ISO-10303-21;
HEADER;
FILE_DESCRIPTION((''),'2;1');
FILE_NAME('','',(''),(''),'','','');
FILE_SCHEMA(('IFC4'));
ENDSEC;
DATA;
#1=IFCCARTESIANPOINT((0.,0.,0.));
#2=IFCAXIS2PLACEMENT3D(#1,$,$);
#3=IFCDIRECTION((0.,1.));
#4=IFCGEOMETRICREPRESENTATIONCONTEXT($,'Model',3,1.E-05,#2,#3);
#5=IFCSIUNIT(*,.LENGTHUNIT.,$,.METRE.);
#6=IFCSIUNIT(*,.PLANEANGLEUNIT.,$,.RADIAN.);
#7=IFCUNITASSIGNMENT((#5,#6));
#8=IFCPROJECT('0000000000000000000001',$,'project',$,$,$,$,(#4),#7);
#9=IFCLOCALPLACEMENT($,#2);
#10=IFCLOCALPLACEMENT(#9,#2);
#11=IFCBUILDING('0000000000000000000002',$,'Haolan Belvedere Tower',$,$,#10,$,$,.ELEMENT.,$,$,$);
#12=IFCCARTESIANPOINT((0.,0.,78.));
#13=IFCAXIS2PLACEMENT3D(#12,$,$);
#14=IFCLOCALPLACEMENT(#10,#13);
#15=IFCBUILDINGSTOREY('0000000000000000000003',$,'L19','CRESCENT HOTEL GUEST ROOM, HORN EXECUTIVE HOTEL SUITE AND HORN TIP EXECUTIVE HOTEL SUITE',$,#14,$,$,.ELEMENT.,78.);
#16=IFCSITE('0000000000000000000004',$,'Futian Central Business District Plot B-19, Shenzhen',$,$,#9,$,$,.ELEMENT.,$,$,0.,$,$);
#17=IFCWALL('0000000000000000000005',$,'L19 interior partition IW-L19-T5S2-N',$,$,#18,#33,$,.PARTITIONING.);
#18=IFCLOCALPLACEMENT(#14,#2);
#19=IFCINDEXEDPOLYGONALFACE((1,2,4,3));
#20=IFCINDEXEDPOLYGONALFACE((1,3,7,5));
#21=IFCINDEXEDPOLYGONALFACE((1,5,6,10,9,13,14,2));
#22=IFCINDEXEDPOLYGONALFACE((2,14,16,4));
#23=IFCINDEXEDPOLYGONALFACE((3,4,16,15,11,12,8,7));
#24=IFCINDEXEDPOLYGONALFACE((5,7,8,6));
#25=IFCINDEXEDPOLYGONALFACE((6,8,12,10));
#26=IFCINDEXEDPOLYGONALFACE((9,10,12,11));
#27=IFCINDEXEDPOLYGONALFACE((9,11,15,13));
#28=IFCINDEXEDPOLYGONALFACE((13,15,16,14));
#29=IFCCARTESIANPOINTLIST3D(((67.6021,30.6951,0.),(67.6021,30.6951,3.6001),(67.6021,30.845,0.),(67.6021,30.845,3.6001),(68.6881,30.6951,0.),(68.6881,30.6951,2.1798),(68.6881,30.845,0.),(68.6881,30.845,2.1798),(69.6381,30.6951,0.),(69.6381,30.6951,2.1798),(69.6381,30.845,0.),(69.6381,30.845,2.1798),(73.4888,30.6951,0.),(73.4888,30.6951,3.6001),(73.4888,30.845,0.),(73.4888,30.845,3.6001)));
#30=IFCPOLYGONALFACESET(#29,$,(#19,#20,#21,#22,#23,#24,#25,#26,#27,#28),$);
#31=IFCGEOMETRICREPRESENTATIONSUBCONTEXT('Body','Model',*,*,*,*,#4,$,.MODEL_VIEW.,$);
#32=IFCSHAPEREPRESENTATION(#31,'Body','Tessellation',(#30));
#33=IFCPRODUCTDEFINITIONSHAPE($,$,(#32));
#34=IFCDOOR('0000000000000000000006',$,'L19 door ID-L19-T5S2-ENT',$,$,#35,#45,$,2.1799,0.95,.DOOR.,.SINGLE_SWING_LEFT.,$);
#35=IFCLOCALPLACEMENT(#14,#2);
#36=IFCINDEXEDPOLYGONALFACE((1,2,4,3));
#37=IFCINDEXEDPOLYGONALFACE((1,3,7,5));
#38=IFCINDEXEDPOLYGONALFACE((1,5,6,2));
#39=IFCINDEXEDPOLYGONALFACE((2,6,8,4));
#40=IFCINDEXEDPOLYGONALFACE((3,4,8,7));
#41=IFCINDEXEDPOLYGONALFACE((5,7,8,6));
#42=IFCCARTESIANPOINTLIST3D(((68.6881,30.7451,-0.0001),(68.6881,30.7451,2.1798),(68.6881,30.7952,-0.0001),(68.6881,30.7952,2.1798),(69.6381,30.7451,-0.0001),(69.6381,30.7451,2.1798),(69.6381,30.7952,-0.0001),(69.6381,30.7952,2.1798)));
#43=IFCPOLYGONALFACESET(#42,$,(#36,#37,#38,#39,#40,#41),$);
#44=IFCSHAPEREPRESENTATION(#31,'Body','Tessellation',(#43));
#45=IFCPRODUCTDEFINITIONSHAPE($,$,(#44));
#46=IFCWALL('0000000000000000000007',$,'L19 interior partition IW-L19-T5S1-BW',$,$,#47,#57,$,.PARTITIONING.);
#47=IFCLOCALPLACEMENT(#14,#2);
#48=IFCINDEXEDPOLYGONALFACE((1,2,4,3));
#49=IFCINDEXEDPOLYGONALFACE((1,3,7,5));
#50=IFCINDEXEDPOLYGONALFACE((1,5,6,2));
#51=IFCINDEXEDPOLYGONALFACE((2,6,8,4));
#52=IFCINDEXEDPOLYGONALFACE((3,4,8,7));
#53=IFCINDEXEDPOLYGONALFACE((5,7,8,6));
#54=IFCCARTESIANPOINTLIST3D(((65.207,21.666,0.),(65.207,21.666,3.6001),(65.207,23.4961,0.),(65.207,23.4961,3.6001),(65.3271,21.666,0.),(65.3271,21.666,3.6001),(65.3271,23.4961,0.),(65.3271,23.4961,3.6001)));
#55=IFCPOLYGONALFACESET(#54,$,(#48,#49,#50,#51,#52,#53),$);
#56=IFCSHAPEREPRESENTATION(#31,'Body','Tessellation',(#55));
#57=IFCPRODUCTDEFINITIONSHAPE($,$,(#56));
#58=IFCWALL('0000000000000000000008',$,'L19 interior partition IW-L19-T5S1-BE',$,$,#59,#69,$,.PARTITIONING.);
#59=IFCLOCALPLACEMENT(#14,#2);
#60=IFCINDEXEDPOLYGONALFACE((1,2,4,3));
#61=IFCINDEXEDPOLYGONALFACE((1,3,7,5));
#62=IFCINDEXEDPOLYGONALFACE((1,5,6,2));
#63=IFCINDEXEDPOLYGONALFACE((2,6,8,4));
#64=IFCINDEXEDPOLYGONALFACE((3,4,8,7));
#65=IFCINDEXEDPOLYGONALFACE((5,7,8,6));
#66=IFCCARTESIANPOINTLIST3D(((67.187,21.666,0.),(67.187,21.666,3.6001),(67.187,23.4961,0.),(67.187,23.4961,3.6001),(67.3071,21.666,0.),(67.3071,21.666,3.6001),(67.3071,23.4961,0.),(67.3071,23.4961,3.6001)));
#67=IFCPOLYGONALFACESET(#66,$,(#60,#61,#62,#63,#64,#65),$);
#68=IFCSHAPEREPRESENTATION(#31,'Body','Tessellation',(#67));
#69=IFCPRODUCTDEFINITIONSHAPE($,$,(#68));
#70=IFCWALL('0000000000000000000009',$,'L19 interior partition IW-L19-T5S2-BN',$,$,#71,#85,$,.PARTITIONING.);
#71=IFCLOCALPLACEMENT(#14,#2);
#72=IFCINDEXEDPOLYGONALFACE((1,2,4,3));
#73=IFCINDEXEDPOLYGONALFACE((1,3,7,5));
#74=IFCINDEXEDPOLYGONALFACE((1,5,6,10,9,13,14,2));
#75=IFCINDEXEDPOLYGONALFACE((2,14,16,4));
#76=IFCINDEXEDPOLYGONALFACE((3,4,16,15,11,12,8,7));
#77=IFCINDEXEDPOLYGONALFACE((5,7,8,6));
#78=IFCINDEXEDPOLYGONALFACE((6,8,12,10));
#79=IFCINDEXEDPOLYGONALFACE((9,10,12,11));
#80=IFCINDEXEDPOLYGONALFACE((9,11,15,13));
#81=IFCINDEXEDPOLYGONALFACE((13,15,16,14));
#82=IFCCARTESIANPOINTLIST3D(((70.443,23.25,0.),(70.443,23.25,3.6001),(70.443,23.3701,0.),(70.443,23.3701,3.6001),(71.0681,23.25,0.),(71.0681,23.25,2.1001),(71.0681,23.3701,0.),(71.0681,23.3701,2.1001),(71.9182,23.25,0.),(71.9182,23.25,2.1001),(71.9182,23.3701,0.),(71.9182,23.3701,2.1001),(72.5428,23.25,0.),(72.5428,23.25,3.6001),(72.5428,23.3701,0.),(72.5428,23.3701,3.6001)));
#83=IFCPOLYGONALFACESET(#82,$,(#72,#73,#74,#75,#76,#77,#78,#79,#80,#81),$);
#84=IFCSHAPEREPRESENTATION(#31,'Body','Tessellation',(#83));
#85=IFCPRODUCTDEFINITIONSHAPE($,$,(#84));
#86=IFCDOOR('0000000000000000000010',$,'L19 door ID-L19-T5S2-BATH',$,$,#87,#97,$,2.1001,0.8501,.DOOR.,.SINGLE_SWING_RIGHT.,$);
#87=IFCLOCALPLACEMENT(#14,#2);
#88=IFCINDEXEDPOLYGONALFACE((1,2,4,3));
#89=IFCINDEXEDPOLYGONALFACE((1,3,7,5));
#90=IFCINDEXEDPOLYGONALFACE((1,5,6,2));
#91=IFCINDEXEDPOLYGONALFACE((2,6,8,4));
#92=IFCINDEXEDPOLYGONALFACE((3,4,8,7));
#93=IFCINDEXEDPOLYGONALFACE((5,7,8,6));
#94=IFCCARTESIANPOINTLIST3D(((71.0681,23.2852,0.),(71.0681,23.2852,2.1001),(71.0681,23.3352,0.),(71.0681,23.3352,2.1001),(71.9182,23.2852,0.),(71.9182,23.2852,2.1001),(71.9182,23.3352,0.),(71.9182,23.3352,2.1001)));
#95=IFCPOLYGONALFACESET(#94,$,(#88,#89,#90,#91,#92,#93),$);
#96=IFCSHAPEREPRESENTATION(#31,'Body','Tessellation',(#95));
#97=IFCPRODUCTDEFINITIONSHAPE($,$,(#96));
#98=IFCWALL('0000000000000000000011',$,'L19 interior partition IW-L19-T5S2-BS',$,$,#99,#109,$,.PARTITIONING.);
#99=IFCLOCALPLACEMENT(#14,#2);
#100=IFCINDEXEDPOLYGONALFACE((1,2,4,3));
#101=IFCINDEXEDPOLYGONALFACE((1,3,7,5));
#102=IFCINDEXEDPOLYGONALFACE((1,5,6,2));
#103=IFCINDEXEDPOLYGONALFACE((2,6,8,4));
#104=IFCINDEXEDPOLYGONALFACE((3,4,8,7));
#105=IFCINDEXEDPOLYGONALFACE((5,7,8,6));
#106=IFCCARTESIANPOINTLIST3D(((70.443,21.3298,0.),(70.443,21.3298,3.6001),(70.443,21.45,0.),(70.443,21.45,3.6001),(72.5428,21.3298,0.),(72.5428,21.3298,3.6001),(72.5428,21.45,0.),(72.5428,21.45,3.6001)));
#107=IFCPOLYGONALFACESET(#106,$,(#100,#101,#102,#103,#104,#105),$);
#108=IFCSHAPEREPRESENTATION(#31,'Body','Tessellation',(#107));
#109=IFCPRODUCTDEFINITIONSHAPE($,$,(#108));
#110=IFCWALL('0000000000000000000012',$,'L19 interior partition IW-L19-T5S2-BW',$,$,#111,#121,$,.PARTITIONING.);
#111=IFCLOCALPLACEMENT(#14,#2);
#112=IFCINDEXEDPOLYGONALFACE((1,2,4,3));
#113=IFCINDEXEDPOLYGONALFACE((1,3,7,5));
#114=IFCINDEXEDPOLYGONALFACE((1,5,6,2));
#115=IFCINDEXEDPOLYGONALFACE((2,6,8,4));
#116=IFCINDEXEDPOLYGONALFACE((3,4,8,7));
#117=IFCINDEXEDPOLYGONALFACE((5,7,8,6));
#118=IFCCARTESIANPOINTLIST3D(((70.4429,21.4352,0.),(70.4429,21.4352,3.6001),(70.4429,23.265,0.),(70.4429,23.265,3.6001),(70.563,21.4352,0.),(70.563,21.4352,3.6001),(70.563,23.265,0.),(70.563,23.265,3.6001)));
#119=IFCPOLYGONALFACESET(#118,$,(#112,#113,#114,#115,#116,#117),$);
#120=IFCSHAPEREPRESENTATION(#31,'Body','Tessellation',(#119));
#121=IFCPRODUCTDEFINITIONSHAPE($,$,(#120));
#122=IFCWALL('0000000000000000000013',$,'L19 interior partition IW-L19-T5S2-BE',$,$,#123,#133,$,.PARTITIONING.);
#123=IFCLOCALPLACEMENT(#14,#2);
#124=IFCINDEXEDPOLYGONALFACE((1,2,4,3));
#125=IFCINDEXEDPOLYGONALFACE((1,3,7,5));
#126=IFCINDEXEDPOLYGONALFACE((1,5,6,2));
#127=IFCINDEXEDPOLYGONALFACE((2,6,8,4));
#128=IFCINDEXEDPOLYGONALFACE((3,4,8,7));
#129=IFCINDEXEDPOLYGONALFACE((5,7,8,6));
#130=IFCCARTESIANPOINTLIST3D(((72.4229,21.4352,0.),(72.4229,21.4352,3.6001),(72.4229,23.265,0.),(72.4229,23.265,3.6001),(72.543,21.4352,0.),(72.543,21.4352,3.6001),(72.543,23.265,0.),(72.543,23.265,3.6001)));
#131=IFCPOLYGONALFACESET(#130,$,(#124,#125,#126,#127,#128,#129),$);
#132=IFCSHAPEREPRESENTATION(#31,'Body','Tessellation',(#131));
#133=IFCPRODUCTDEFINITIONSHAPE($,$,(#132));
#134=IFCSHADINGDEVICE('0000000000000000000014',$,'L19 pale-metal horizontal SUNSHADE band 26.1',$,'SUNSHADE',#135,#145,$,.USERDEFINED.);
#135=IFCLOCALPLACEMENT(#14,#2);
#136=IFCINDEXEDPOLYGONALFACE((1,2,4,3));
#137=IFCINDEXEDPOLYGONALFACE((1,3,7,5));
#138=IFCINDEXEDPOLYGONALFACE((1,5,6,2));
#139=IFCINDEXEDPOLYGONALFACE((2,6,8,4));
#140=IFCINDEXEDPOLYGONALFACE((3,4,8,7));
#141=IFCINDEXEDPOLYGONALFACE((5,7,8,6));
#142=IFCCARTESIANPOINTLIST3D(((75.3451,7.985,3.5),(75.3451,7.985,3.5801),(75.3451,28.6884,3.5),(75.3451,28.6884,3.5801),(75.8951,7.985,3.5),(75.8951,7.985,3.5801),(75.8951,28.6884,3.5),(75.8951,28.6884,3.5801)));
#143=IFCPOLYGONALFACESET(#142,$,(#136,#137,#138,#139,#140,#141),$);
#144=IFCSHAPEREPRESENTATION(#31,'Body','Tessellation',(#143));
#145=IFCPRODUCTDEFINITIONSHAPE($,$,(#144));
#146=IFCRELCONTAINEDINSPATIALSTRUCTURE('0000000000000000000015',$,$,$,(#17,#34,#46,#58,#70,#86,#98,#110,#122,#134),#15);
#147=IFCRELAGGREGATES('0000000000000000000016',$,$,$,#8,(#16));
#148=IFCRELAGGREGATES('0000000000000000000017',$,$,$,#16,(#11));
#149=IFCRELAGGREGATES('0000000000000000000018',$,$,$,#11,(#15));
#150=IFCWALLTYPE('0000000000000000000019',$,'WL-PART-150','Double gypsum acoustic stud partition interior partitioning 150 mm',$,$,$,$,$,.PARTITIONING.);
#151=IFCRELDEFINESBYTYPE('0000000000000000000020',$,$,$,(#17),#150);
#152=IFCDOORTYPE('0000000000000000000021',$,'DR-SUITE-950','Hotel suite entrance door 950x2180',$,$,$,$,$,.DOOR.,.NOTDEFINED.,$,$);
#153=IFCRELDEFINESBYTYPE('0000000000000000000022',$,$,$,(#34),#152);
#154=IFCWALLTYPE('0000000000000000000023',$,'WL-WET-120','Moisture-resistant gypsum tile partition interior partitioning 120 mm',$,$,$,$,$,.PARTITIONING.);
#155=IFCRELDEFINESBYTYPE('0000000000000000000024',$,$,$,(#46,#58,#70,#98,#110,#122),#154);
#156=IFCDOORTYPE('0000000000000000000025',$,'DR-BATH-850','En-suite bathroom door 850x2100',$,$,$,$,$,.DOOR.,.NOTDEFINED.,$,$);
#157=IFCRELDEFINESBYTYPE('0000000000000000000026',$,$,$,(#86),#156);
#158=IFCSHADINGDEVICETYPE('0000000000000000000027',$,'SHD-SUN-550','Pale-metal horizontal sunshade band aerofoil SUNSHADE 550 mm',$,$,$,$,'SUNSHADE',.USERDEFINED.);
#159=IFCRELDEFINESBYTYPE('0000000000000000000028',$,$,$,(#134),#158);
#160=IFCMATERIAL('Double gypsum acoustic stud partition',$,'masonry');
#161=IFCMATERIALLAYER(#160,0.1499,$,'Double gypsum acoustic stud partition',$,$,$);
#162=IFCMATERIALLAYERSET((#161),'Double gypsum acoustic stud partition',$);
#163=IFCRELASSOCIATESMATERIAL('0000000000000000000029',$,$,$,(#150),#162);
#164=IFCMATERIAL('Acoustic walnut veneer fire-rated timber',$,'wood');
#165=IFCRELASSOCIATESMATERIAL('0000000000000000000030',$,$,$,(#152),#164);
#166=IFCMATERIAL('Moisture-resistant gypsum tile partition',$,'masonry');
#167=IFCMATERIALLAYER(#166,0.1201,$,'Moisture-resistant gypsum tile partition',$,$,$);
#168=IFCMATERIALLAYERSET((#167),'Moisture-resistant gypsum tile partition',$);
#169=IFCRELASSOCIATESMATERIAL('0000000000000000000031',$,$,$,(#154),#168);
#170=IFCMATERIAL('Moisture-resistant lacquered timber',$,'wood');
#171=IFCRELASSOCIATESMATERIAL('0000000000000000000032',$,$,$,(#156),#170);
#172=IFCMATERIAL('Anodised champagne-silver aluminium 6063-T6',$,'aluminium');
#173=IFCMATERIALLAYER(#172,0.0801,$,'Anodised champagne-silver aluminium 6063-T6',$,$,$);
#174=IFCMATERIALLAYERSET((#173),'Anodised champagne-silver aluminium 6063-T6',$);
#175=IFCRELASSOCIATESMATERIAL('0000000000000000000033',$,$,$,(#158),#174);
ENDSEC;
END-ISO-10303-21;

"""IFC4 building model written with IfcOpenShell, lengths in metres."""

from ifc_helpers import new_model, si_unit, direction, frame, frame_2d, origin, origin_2d, place, context, subcontext, project, spatial, rectangle, extrude, material, layer, layer_set, type_object, element, fill, save


model = new_model("IFC4")

# Units and contexts
model_context = context("Model", 3, precision=1e-05, world=origin(), true_north=direction((0.0, 1.0)))
body_context = subcontext(model_context, "Body", "Model", "MODEL_VIEW")
ifc_project = project(units=[si_unit("LENGTHUNIT", "METRE"), si_unit("PLANEANGLEUNIT", "RADIAN")], contexts=[model_context])

# Site, building, storey
site_placement = place(None, origin())
site = spatial("IfcSite", under=ifc_project, at=site_placement, Name="Futian Central Business District Plot B-19, Shenzhen", CompositionType="ELEMENT", RefElevation=0.0)
building_placement = place(site_placement, origin())
building = spatial("IfcBuilding", under=site, at=building_placement, Name="Haolan Belvedere Tower", CompositionType="ELEMENT")
storey_placement = place(building_placement, frame((0.0, 0.0, 78.0)))
storey = spatial("IfcBuildingStorey", under=building, at=storey_placement, Name="L19", Description="CRESCENT HOTEL GUEST ROOM, HORN EXECUTIVE HOTEL SUITE AND HORN TIP EXECUTIVE HOTEL SUITE", CompositionType="ELEMENT", Elevation=78.0)

# Wall, opening, door
ifc_material_1 = material(Name="Double gypsum acoustic stud partition", Category="masonry")
ifc_layer_1 = layer(ifc_material_1, 0.1499, Name="Double gypsum acoustic stud partition")
ifc_layer_set_1 = layer_set([ifc_layer_1], Name="Double gypsum acoustic stud partition")
wall_type_1 = type_object("IfcWallType", Name="WL-PART-150", Description="Double gypsum acoustic stud partition interior partitioning 150 mm", PredefinedType="PARTITIONING", material=ifc_layer_set_1)
wall_1_placement = place(storey_placement, frame((67.6021, 30.77, 0.0), z_axis=(0.0, 0.0, 1.0), x_axis=(1.0, 0.0, 0.0)))
wall_1 = element("IfcWall", 1, at=wall_1_placement, inside=storey, type_object=wall_type_1, Name="L19 interior partition IW-L19-T5S2-N", PredefinedType="PARTITIONING", context=body_context, shape_type="SweptSolid", body=[
    extrude(rectangle(XDim=5.8867, YDim=0.1499, at=frame_2d((2.9434, 0.0))), origin(), (0.0, 0.0, 1.0), 3.6001),
])
opening_1_placement = place(wall_1_placement, frame((2.0361, 0.0, 0.0), z_axis=(0.0, 0.0, 1.0), x_axis=(-1.0, 0.0, 0.0)))
opening_1 = element("IfcOpeningElement", 2, at=opening_1_placement, cuts=wall_1, PredefinedType="OPENING", context=body_context, shape_type="SweptSolid", body=[
    extrude(rectangle(XDim=0.95, YDim=2.1799, at=frame_2d((0.4751, 1.0898))), frame((0.0, 0.085, 0.0), z_axis=(0.0, -1.0, 0.0), x_axis=(1.0, 0.0, 0.0)), (0.0, 0.0, 1.0), 0.1699),
])
ifc_material_2 = material(Name="Acoustic walnut veneer fire-rated timber", Category="wood")
door_type_1 = type_object("IfcDoorType", Name="DR-SUITE-950", Description="Hotel suite entrance door 950x2180", OperationType="NOTDEFINED", PredefinedType="DOOR", material=ifc_material_2)
door_1_placement = place(opening_1_placement, origin())
door_1 = element("IfcDoor", 3, at=door_1_placement, inside=storey, type_object=door_type_1, Name="L19 door ID-L19-T5S2-ENT", OperationType="SINGLE_SWING_LEFT", OverallHeight=2.1799, OverallWidth=0.95, PredefinedType="DOOR", context=body_context, shape_type="SweptSolid", body=[
    extrude(rectangle(XDim=0.95, YDim=2.1799, at=frame_2d((0.4751, 1.0898))), frame((0.0, 0.0249, 0.0), z_axis=(0.0, -1.0, 0.0), x_axis=(1.0, 0.0, 0.0)), (0.0, 0.0, 1.0), 0.05),
])
fill(opening_1, door_1)

# Walls
ifc_material_3 = material(Name="Moisture-resistant gypsum tile partition", Category="masonry")
ifc_layer_2 = layer(ifc_material_3, 0.1201, Name="Moisture-resistant gypsum tile partition")
ifc_layer_set_2 = layer_set([ifc_layer_2], Name="Moisture-resistant gypsum tile partition")
wall_type_2 = type_object("IfcWallType", Name="WL-WET-120", Description="Moisture-resistant gypsum tile partition interior partitioning 120 mm", PredefinedType="PARTITIONING", material=ifc_layer_set_2)
for number, where, z_axis, x_axis, name in (
    (4, (65.2671, 21.666, 0.0), (0.0, 0.0, 1.0), (0.0, 1.0, 0.0), "L19 interior partition IW-L19-T5S1-BW"),
    (5, (67.2471, 21.666, 0.0), (0.0, 0.0, 1.0), (0.0, 1.0, 0.0), "L19 interior partition IW-L19-T5S1-BE"),
):
    element("IfcWall", number, at=place(storey_placement, frame(where, z_axis=z_axis, x_axis=x_axis)), inside=storey, type_object=wall_type_2, Name=name, PredefinedType="PARTITIONING", context=body_context, shape_type="SweptSolid", body=[
        extrude(rectangle(XDim=1.8301, YDim=0.1201, at=frame_2d((0.915, 0.0))), origin(), (0.0, 0.0, 1.0), 3.6001),
    ])

# Wall, opening, door
wall_2_placement = place(storey_placement, frame((70.4431, 23.3101, 0.0), z_axis=(0.0, 0.0, 1.0), x_axis=(1.0, 0.0, 0.0)))
wall_2 = element("IfcWall", 6, at=wall_2_placement, inside=storey, type_object=wall_type_2, Name="L19 interior partition IW-L19-T5S2-BN", PredefinedType="PARTITIONING", context=body_context, shape_type="SweptSolid", body=[
    extrude(rectangle(XDim=2.0999, YDim=0.1201, at=frame_2d((1.0498, 0.0))), origin(), (0.0, 0.0, 1.0), 3.6001),
])
opening_2_placement = place(wall_2_placement, frame((1.4751, 0.0, 0.0), z_axis=(0.0, 0.0, 1.0), x_axis=(-1.0, 0.0, 0.0)))
opening_2 = element("IfcOpeningElement", 7, at=opening_2_placement, cuts=wall_2, PredefinedType="OPENING", context=body_context, shape_type="SweptSolid", body=[
    extrude(rectangle(XDim=0.8501, YDim=2.1001, at=frame_2d((0.425, 1.05))), frame((0.0, 0.0701, 0.0), z_axis=(0.0, -1.0, 0.0), x_axis=(1.0, 0.0, 0.0)), (0.0, 0.0, 1.0), 0.1401),
])
ifc_material_4 = material(Name="Moisture-resistant lacquered timber", Category="wood")
door_type_2 = type_object("IfcDoorType", Name="DR-BATH-850", Description="En-suite bathroom door 850x2100", OperationType="NOTDEFINED", PredefinedType="DOOR", material=ifc_material_4)
door_2_placement = place(opening_2_placement, origin())
door_2 = element("IfcDoor", 8, at=door_2_placement, inside=storey, type_object=door_type_2, Name="L19 door ID-L19-T5S2-BATH", OperationType="SINGLE_SWING_RIGHT", OverallHeight=2.1001, OverallWidth=0.8501, PredefinedType="DOOR", context=body_context, shape_type="SweptSolid", body=[
    extrude(rectangle(XDim=0.8501, YDim=2.1001, at=frame_2d((0.425, 1.05))), frame((0.0, 0.0249, 0.0), z_axis=(0.0, -1.0, 0.0), x_axis=(1.0, 0.0, 0.0)), (0.0, 0.0, 1.0), 0.05),
])
fill(opening_2, door_2)

# Walls
wall_3_placement = place(storey_placement, frame((70.4431, 21.3899, 0.0), z_axis=(0.0, 0.0, 1.0), x_axis=(1.0, 0.0, 0.0)))
element("IfcWall", 9, at=wall_3_placement, inside=storey, type_object=wall_type_2, Name="L19 interior partition IW-L19-T5S2-BS", PredefinedType="PARTITIONING", context=body_context, shape_type="SweptSolid", body=[
    extrude(rectangle(XDim=2.0999, YDim=0.1201, at=frame_2d((1.0498, 0.0))), origin(), (0.0, 0.0, 1.0), 3.6001),
])
for number, where, z_axis, x_axis, name in (
    (10, (70.5029, 21.4351, 0.0), (0.0, 0.0, 1.0), (0.0, 1.0, 0.0), "L19 interior partition IW-L19-T5S2-BW"),
    (11, (72.4829, 21.4351, 0.0), (0.0, 0.0, 1.0), (0.0, 1.0, 0.0), "L19 interior partition IW-L19-T5S2-BE"),
):
    element("IfcWall", number, at=place(storey_placement, frame(where, z_axis=z_axis, x_axis=x_axis)), inside=storey, type_object=wall_type_2, Name=name, PredefinedType="PARTITIONING", context=body_context, shape_type="SweptSolid", body=[
        extrude(rectangle(XDim=1.8298, YDim=0.1201, at=frame_2d((0.915, 0.0))), origin(), (0.0, 0.0, 1.0), 3.6001),
    ])

# Shading device
ifc_material_5 = material(Name="Anodised champagne-silver aluminium 6063-T6", Category="aluminium")
ifc_layer_3 = layer(ifc_material_5, 0.0801, Name="Anodised champagne-silver aluminium 6063-T6")
ifc_layer_set_3 = layer_set([ifc_layer_3], Name="Anodised champagne-silver aluminium 6063-T6")
shading_device_type = type_object("IfcShadingDeviceType", Name="SHD-SUN-550", Description="Pale-metal horizontal sunshade band aerofoil SUNSHADE 550 mm", ElementType="SUNSHADE", PredefinedType="USERDEFINED", material=ifc_layer_set_3)
shading_device_placement = place(storey_placement, frame((75.6201, 18.3367, 3.5), z_axis=(0.0, 0.0, 1.0), x_axis=(0.0, 1.0, 0.0)))
element("IfcShadingDevice", 12, at=shading_device_placement, inside=storey, type_object=shading_device_type, Name="L19 pale-metal horizontal SUNSHADE band 26.1", ObjectType="SUNSHADE", PredefinedType="USERDEFINED", context=body_context, shape_type="SweptSolid", body=[
    extrude(rectangle(XDim=20.7034, YDim=0.55, at=origin_2d()), origin(), (0.0, 0.0, 1.0), 0.0801),
])

save(model, "model.ifc")
